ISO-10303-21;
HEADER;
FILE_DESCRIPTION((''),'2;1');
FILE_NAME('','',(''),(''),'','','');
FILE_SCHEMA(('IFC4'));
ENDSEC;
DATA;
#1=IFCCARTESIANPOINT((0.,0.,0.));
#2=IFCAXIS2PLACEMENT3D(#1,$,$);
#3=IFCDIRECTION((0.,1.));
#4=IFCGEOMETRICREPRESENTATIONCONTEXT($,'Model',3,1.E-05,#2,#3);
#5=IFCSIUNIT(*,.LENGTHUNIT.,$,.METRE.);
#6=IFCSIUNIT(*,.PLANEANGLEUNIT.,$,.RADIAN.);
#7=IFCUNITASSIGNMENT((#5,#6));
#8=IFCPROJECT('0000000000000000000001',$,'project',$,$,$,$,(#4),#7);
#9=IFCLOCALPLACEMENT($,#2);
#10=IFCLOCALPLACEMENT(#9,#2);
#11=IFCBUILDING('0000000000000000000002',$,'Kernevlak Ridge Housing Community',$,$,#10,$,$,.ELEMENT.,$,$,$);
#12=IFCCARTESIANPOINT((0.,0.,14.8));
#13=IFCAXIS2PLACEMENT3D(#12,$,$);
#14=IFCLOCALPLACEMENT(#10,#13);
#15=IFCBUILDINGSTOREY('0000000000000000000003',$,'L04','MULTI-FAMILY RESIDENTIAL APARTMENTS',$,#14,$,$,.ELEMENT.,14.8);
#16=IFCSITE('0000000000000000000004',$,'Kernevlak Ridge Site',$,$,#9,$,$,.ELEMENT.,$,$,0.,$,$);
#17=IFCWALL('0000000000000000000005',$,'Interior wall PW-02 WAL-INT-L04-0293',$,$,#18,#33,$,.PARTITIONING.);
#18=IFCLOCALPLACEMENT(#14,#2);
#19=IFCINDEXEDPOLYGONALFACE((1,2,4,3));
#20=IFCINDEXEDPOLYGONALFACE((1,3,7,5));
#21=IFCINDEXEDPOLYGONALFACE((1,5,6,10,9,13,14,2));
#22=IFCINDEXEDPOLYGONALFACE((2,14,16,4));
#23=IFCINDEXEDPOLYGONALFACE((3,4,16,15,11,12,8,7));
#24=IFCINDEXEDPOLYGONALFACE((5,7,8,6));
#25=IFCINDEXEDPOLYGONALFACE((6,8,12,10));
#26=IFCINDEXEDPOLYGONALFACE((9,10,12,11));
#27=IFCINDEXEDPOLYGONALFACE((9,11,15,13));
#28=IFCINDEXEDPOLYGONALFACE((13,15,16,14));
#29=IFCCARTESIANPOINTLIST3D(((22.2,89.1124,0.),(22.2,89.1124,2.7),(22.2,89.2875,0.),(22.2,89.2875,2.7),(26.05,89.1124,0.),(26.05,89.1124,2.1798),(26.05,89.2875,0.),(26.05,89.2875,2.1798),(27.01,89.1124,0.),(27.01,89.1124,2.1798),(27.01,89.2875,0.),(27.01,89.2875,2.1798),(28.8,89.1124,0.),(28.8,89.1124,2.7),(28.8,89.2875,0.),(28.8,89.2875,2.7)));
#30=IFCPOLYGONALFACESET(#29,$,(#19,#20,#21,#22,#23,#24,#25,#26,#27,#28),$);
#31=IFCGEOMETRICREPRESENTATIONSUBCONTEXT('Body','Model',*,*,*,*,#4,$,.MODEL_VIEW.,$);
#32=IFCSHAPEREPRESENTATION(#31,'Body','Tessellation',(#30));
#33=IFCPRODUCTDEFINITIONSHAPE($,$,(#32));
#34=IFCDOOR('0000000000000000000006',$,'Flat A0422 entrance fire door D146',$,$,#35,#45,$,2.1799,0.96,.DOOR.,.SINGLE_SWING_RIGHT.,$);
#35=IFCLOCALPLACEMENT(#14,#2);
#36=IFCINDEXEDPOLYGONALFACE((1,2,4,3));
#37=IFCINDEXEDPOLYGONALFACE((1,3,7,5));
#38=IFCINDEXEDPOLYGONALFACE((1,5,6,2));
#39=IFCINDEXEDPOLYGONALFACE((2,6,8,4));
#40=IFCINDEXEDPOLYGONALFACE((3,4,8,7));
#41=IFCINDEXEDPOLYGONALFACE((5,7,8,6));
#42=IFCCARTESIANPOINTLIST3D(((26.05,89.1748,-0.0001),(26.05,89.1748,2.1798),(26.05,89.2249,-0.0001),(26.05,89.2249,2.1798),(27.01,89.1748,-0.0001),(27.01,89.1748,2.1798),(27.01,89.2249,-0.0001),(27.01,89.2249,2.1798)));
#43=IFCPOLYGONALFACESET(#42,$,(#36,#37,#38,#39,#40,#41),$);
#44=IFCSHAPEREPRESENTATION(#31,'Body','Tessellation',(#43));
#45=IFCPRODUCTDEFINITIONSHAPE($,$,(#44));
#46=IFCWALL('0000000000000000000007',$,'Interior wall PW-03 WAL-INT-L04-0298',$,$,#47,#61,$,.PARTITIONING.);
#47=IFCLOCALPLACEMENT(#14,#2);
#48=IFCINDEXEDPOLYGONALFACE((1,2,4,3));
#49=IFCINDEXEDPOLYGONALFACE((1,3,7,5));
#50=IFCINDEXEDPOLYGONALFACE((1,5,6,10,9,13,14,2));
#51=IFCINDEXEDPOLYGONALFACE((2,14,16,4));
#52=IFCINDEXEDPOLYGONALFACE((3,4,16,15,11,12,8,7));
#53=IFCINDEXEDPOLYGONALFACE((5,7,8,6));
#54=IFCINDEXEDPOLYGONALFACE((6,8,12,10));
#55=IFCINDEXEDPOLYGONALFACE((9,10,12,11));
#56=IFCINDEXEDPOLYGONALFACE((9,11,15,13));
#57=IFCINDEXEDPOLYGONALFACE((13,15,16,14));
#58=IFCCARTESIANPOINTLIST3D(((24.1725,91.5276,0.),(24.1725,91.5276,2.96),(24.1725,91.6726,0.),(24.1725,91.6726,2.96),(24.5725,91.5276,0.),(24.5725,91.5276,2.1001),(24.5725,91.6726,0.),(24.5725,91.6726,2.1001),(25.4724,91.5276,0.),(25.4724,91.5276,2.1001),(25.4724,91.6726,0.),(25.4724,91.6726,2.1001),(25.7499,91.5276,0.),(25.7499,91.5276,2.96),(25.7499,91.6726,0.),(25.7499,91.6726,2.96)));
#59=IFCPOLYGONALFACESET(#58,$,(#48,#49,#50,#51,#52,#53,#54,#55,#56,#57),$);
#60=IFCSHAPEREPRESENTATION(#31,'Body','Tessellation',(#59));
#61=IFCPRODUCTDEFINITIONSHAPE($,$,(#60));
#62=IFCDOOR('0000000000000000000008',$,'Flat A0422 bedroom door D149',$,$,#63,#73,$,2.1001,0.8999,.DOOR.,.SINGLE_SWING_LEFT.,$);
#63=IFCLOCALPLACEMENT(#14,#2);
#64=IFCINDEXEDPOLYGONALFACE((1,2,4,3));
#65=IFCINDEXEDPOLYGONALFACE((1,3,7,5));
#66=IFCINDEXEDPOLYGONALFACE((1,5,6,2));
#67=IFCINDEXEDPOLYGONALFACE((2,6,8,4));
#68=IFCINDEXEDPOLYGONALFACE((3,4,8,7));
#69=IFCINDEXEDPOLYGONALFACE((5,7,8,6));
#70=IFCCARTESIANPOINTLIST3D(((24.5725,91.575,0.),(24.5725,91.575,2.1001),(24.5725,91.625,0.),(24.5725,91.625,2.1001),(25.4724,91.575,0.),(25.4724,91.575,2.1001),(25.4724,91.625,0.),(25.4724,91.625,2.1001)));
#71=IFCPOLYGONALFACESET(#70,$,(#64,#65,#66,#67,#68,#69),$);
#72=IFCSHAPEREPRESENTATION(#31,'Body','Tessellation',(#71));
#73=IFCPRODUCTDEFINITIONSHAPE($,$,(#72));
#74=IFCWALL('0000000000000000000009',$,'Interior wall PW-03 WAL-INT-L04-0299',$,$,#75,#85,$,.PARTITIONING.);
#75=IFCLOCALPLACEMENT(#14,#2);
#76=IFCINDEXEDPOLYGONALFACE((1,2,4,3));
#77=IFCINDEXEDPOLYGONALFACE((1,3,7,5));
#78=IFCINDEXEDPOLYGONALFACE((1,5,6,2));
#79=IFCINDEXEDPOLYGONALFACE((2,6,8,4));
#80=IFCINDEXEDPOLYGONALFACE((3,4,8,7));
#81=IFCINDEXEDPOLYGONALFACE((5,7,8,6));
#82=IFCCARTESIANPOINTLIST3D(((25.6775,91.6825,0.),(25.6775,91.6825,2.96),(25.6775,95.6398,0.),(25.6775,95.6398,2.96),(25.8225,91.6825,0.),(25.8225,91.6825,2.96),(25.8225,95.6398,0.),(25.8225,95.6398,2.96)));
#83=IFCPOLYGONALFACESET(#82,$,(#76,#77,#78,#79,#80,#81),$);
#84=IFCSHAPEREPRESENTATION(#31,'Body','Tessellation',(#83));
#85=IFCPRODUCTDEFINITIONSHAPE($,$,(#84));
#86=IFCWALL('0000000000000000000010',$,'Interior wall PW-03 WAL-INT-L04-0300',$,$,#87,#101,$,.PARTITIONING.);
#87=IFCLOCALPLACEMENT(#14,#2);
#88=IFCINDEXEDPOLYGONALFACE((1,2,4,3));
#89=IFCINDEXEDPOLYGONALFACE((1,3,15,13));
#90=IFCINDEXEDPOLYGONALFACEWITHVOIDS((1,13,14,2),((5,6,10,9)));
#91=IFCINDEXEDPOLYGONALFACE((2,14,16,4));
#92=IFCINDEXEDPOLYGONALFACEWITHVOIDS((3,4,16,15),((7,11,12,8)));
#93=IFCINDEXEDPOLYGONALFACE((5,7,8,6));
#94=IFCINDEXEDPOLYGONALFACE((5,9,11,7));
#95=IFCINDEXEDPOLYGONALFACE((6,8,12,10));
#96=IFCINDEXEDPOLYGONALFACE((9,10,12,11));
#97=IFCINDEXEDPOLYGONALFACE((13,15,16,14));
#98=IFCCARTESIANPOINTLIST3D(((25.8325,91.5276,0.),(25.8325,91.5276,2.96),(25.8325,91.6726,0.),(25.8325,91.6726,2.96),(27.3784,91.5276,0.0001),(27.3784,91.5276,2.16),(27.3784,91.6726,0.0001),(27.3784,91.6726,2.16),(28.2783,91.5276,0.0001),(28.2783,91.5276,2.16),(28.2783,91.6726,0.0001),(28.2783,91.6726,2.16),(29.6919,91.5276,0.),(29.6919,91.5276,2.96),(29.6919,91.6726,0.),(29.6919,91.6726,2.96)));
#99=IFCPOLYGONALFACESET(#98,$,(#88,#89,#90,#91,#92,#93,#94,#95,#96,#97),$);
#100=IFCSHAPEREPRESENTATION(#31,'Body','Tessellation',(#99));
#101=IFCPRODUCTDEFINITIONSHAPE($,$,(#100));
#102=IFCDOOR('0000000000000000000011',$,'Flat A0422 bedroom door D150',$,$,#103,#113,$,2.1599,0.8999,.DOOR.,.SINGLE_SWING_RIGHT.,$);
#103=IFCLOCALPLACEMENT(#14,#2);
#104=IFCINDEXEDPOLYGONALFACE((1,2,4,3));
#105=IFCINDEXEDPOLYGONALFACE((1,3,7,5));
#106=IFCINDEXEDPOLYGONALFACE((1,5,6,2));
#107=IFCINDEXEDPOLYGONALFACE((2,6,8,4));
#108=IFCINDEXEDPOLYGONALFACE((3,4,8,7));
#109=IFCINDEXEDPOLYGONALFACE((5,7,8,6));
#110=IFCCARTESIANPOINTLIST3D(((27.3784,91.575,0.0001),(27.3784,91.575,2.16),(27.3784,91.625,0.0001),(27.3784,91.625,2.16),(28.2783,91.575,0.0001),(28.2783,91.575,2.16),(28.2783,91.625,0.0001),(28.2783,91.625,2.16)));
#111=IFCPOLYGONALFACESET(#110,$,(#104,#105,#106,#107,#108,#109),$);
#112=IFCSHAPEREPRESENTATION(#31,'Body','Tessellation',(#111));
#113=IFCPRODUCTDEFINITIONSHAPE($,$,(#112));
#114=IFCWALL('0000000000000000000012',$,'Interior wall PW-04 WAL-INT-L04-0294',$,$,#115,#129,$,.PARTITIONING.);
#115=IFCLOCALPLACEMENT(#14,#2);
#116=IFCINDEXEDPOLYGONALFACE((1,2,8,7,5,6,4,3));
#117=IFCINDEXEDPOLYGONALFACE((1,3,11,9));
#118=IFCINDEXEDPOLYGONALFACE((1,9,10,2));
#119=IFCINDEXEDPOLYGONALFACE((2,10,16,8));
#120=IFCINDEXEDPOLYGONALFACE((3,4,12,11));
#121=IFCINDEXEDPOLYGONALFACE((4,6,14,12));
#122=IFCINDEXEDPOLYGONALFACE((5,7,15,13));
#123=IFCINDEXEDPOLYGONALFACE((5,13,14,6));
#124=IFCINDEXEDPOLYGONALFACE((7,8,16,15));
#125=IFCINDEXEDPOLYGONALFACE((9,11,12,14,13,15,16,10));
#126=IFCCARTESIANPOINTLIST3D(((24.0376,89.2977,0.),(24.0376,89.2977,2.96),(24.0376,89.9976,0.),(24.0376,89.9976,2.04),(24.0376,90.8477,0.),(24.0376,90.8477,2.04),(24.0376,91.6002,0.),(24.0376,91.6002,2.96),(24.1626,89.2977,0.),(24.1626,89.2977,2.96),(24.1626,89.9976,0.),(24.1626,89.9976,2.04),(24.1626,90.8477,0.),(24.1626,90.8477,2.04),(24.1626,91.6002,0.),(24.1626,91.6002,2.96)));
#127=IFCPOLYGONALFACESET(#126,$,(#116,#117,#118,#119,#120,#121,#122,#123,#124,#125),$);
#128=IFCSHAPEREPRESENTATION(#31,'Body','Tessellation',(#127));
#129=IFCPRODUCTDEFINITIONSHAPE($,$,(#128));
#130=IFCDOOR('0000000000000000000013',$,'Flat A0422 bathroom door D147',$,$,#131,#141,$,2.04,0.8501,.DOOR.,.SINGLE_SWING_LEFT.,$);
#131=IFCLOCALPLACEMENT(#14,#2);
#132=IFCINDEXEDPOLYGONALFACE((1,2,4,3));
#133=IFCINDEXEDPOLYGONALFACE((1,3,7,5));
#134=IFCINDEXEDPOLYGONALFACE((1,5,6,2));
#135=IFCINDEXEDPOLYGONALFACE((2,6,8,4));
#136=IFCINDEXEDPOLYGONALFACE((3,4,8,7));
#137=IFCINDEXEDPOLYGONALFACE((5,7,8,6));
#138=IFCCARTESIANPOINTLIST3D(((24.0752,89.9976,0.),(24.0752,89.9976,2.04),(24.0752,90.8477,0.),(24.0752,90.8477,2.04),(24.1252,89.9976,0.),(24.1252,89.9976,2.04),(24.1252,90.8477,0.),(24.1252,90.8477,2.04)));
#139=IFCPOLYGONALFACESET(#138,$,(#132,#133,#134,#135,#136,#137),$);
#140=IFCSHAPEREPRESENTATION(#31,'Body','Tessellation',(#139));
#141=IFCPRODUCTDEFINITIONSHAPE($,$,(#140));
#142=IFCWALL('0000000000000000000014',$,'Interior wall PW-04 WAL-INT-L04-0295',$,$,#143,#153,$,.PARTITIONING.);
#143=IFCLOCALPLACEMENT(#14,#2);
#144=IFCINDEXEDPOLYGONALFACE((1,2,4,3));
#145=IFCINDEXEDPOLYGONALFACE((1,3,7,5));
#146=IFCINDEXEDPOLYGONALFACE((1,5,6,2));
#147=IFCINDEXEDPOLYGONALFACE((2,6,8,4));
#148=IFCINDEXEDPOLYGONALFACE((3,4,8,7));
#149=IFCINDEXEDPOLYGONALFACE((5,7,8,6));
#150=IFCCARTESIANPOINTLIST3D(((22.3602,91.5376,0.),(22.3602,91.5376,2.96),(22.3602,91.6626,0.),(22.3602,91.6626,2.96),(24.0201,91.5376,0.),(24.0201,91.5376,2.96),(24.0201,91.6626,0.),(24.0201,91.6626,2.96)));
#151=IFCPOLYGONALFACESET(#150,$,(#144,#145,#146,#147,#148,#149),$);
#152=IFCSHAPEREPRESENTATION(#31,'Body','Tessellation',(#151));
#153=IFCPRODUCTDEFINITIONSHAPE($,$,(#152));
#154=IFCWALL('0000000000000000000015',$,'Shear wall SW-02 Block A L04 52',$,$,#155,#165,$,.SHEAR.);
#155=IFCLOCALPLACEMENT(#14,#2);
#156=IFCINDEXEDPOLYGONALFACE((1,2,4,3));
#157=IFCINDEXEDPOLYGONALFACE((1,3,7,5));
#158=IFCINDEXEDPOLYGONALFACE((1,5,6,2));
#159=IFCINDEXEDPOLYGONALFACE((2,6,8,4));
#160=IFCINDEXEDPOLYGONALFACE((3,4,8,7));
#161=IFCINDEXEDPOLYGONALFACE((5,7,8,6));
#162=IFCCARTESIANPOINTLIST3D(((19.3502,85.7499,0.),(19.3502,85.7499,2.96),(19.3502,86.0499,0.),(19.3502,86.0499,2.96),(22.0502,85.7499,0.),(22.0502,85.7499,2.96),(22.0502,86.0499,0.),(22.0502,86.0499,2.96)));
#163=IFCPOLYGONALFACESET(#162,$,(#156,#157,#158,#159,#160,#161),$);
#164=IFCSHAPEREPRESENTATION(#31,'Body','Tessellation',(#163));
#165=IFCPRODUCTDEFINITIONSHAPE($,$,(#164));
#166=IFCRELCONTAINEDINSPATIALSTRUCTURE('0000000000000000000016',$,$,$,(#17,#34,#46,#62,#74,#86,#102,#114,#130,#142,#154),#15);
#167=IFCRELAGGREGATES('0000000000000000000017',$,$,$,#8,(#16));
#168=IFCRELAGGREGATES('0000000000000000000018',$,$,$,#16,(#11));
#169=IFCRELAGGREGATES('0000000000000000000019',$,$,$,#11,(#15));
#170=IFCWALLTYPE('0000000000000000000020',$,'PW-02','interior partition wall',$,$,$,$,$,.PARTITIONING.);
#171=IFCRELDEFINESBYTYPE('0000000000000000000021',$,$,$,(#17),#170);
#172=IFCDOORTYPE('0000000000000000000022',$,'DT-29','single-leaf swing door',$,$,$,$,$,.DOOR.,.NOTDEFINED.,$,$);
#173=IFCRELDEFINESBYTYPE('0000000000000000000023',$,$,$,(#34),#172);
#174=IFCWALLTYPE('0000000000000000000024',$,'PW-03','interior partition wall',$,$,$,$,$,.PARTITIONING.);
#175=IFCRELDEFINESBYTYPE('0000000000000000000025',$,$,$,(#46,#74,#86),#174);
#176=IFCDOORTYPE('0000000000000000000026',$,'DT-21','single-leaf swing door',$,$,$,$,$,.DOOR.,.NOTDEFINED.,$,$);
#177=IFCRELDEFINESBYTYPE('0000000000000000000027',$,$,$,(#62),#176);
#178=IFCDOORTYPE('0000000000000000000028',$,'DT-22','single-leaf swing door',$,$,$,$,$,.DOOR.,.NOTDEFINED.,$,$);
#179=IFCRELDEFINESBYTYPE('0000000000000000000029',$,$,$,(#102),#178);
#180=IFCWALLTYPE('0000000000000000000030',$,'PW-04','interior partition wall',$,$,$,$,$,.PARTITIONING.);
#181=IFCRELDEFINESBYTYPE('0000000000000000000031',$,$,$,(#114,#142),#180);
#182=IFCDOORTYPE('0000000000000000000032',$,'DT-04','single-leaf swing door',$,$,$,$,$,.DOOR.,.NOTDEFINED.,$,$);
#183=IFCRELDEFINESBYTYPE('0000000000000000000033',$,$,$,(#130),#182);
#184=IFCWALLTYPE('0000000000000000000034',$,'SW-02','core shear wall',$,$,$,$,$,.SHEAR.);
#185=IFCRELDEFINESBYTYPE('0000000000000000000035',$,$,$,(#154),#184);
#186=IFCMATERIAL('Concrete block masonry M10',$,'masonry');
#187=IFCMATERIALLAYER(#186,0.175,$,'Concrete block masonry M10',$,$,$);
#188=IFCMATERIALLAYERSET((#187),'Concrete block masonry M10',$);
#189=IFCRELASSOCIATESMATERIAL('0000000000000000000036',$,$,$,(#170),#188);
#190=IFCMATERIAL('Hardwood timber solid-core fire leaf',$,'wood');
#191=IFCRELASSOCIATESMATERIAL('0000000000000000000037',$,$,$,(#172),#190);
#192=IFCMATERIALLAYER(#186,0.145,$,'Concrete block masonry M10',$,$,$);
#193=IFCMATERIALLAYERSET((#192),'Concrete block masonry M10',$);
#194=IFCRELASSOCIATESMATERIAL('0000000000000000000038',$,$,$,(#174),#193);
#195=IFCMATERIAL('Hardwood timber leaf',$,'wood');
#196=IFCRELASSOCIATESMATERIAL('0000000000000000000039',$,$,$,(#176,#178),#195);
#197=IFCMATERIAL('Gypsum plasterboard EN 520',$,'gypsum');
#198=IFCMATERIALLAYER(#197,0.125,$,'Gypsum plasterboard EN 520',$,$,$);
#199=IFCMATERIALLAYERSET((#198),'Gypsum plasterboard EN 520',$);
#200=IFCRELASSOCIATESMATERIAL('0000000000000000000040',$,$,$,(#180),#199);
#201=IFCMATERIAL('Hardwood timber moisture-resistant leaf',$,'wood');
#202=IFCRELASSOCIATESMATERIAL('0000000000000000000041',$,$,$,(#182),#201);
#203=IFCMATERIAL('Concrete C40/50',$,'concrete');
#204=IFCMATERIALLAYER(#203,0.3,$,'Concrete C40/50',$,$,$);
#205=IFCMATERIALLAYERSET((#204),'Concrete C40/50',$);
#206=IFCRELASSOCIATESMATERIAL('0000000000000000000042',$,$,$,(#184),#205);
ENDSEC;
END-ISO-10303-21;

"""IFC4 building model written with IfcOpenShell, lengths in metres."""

from ifc_helpers import new_model, si_unit, direction, frame, frame_2d, origin, place, context, subcontext, project, spatial, rectangle, extrude, material, layer, layer_set, type_object, element, fill, save


model = new_model("IFC4")

# Units and contexts
model_context = context("Model", 3, precision=1e-05, world=origin(), true_north=direction((0.0, 1.0)))
body_context = subcontext(model_context, "Body", "Model", "MODEL_VIEW")
ifc_project = project(units=[si_unit("LENGTHUNIT", "METRE"), si_unit("PLANEANGLEUNIT", "RADIAN")], contexts=[model_context])

# Site, building, storey
site_placement = place(None, origin())
site = spatial("IfcSite", under=ifc_project, at=site_placement, Name="Kernevlak Ridge Site", CompositionType="ELEMENT", RefElevation=0.0)
building_placement = place(site_placement, origin())
building = spatial("IfcBuilding", under=site, at=building_placement, Name="Kernevlak Ridge Housing Community", CompositionType="ELEMENT")
storey_placement = place(building_placement, frame((0.0, 0.0, 14.8)))
storey = spatial("IfcBuildingStorey", under=building, at=storey_placement, Name="L04", Description="MULTI-FAMILY RESIDENTIAL APARTMENTS", CompositionType="ELEMENT", Elevation=14.8)

# Shared definitions
ifc_material_1 = material(Name="Concrete C40/50", Category="concrete")

# Shared definitions
ifc_material_2 = material(Name="Concrete block masonry M10", Category="masonry")

# Shared definitions
ifc_layer_1 = layer(ifc_material_2, 0.175, Name="Concrete block masonry M10")
ifc_layer_set_1 = layer_set([ifc_layer_1], Name="Concrete block masonry M10")
wall_type_1 = type_object("IfcWallType", Name="PW-02", Description="interior partition wall", PredefinedType="PARTITIONING", material=ifc_layer_set_1)

# Walls, openings, doors
wall_1_placement = place(storey_placement, frame((22.2, 89.2, 0.0), z_axis=(0.0, 0.0, 1.0), x_axis=(1.0, 0.0, 0.0)))
wall_1 = element("IfcWall", 1, at=wall_1_placement, inside=storey, type_object=wall_type_1, Name="Interior wall PW-02 WAL-INT-L04-0293", PredefinedType="PARTITIONING", context=body_context, shape_type="SweptSolid", body=[
    extrude(rectangle(XDim=6.6001, YDim=0.175, at=frame_2d((3.3, 0.0))), origin(), (0.0, 0.0, 1.0), 2.7),
])
opening_1_placement = place(wall_1_placement, frame((3.8501, 0.0, 0.0)))
opening_1 = element("IfcOpeningElement", 2, at=opening_1_placement, cuts=wall_1, PredefinedType="OPENING", context=body_context, shape_type="SweptSolid", body=[
    extrude(rectangle(XDim=0.96, YDim=2.1799, at=frame_2d((0.48, 1.0898))), frame((0.0, 0.0974, 0.0), z_axis=(0.0, -1.0, 0.0), x_axis=(1.0, 0.0, 0.0)), (0.0, 0.0, 1.0), 0.1951),
])
ifc_material_3 = material(Name="Hardwood timber solid-core fire leaf", Category="wood")
door_type_1 = type_object("IfcDoorType", Name="DT-29", Description="single-leaf swing door", OperationType="NOTDEFINED", PredefinedType="DOOR", material=ifc_material_3)
door_1_placement = place(opening_1_placement, origin())
door_1 = element("IfcDoor", 3, at=door_1_placement, inside=storey, type_object=door_type_1, Name="Flat A0422 entrance fire door D146", OperationType="SINGLE_SWING_RIGHT", OverallHeight=2.1799, OverallWidth=0.96, PredefinedType="DOOR", context=body_context, shape_type="SweptSolid", body=[
    extrude(rectangle(XDim=0.96, YDim=2.1799, at=frame_2d((0.48, 1.0898))), frame((0.0, 0.0249, 0.0), z_axis=(0.0, -1.0, 0.0), x_axis=(1.0, 0.0, 0.0)), (0.0, 0.0, 1.0), 0.05),
])
fill(opening_1, door_1)
ifc_layer_2 = layer(ifc_material_2, 0.145, Name="Concrete block masonry M10")
ifc_layer_set_2 = layer_set([ifc_layer_2], Name="Concrete block masonry M10")
wall_type_2 = type_object("IfcWallType", Name="PW-03", Description="interior partition wall", PredefinedType="PARTITIONING", material=ifc_layer_set_2)
wall_2_placement = place(storey_placement, frame((24.1726, 91.6001, 0.0), z_axis=(0.0, 0.0, 1.0), x_axis=(1.0, 0.0, 0.0)))
wall_2 = element("IfcWall", 4, at=wall_2_placement, inside=storey, type_object=wall_type_2, Name="Interior wall PW-03 WAL-INT-L04-0298", PredefinedType="PARTITIONING", context=body_context, shape_type="SweptSolid", body=[
    extrude(rectangle(XDim=1.5774, YDim=0.145, at=frame_2d((0.7886, 0.0))), origin(), (0.0, 0.0, 1.0), 2.96),
])
opening_2_placement = place(wall_2_placement, frame((0.3999, 0.0, 0.0)))
opening_2 = element("IfcOpeningElement", 5, at=opening_2_placement, cuts=wall_2, PredefinedType="OPENING", context=body_context, shape_type="SweptSolid", body=[
    extrude(rectangle(XDim=0.8999, YDim=2.1001, at=frame_2d((0.45, 1.05))), frame((0.0, 0.0825, 0.0), z_axis=(0.0, -1.0, 0.0), x_axis=(1.0, 0.0, 0.0)), (0.0, 0.0, 1.0), 0.165),
])
ifc_material_4 = material(Name="Hardwood timber leaf", Category="wood")
door_type_2 = type_object("IfcDoorType", Name="DT-21", Description="single-leaf swing door", OperationType="NOTDEFINED", PredefinedType="DOOR", material=ifc_material_4)
door_2_placement = place(opening_2_placement, origin())
door_2 = element("IfcDoor", 6, at=door_2_placement, inside=storey, type_object=door_type_2, Name="Flat A0422 bedroom door D149", OperationType="SINGLE_SWING_LEFT", OverallHeight=2.1001, OverallWidth=0.8999, PredefinedType="DOOR", context=body_context, shape_type="SweptSolid", body=[
    extrude(rectangle(XDim=0.8999, YDim=2.1001, at=frame_2d((0.45, 1.05))), frame((0.0, 0.0249, 0.0), z_axis=(0.0, -1.0, 0.0), x_axis=(1.0, 0.0, 0.0)), (0.0, 0.0, 1.0), 0.05),
])
fill(opening_2, door_2)

# Wall
wall_3_placement = place(storey_placement, frame((25.75, 91.6826, 0.0), z_axis=(0.0, 0.0, 1.0), x_axis=(0.0, 1.0, 0.0)))
element("IfcWall", 7, at=wall_3_placement, inside=storey, type_object=wall_type_2, Name="Interior wall PW-03 WAL-INT-L04-0299", PredefinedType="PARTITIONING", context=body_context, shape_type="SweptSolid", body=[
    extrude(rectangle(XDim=3.9573, YDim=0.145, at=frame_2d((1.9785, 0.0))), origin(), (0.0, 0.0, 1.0), 2.96),
])

# Walls, openings, doors
wall_4_placement = place(storey_placement, frame((25.8325, 91.6001, 0.0), z_axis=(0.0, 0.0, 1.0), x_axis=(1.0, 0.0, 0.0)))
wall_4 = element("IfcWall", 8, at=wall_4_placement, inside=storey, type_object=wall_type_2, Name="Interior wall PW-03 WAL-INT-L04-0300", PredefinedType="PARTITIONING", context=body_context, shape_type="SweptSolid", body=[
    extrude(rectangle(XDim=3.8594, YDim=0.145, at=frame_2d((1.9297, 0.0))), origin(), (0.0, 0.0, 1.0), 2.96),
])
opening_3_placement = place(wall_4_placement, frame((1.5459, 0.0, 0.0)))
opening_3 = element("IfcOpeningElement", 9, at=opening_3_placement, cuts=wall_4, PredefinedType="OPENING", context=body_context, shape_type="SweptSolid", body=[
    extrude(rectangle(XDim=0.8999, YDim=2.1599, at=frame_2d((0.45, 1.0801))), frame((0.0, 0.0825, 0.0), z_axis=(0.0, -1.0, 0.0), x_axis=(1.0, 0.0, 0.0)), (0.0, 0.0, 1.0), 0.165),
])
door_type_3 = type_object("IfcDoorType", Name="DT-22", Description="single-leaf swing door", OperationType="NOTDEFINED", PredefinedType="DOOR", material=ifc_material_4)
door_3_placement = place(opening_3_placement, origin())
door_3 = element("IfcDoor", 10, at=door_3_placement, inside=storey, type_object=door_type_3, Name="Flat A0422 bedroom door D150", OperationType="SINGLE_SWING_RIGHT", OverallHeight=2.1599, OverallWidth=0.8999, PredefinedType="DOOR", context=body_context, shape_type="SweptSolid", body=[
    extrude(rectangle(XDim=0.8999, YDim=2.1599, at=frame_2d((0.45, 1.0801))), frame((0.0, 0.0249, 0.0), z_axis=(0.0, -1.0, 0.0), x_axis=(1.0, 0.0, 0.0)), (0.0, 0.0, 1.0), 0.05),
])
fill(opening_3, door_3)
ifc_material_5 = material(Name="Gypsum plasterboard EN 520", Category="gypsum")
ifc_layer_3 = layer(ifc_material_5, 0.125, Name="Gypsum plasterboard EN 520")
ifc_layer_set_3 = layer_set([ifc_layer_3], Name="Gypsum plasterboard EN 520")
wall_type_3 = type_object("IfcWallType", Name="PW-04", Description="interior partition wall", PredefinedType="PARTITIONING", material=ifc_layer_set_3)
wall_5_placement = place(storey_placement, frame((24.1001, 89.2976, 0.0), z_axis=(0.0, 0.0, 1.0), x_axis=(0.0, 1.0, 0.0)))
wall_5 = element("IfcWall", 11, at=wall_5_placement, inside=storey, type_object=wall_type_3, Name="Interior wall PW-04 WAL-INT-L04-0294", PredefinedType="PARTITIONING", context=body_context, shape_type="SweptSolid", body=[
    extrude(rectangle(XDim=2.3025, YDim=0.125, at=frame_2d((1.1514, 0.0))), origin(), (0.0, 0.0, 1.0), 2.96),
])
opening_4_placement = place(wall_5_placement, frame((0.7, 0.0, 0.0)))
opening_4 = element("IfcOpeningElement", 12, at=opening_4_placement, cuts=wall_5, PredefinedType="OPENING", context=body_context, shape_type="SweptSolid", body=[
    extrude(rectangle(XDim=0.8501, YDim=2.04, at=frame_2d((0.425, 1.02))), frame((0.0, 0.0725, 0.0), z_axis=(0.0, -1.0, 0.0), x_axis=(1.0, 0.0, 0.0)), (0.0, 0.0, 1.0), 0.145),
])
ifc_material_6 = material(Name="Hardwood timber moisture-resistant leaf", Category="wood")
door_type_4 = type_object("IfcDoorType", Name="DT-04", Description="single-leaf swing door", OperationType="NOTDEFINED", PredefinedType="DOOR", material=ifc_material_6)
door_4_placement = place(opening_4_placement, origin())
door_4 = element("IfcDoor", 13, at=door_4_placement, inside=storey, type_object=door_type_4, Name="Flat A0422 bathroom door D147", OperationType="SINGLE_SWING_LEFT", OverallHeight=2.04, OverallWidth=0.8501, PredefinedType="DOOR", context=body_context, shape_type="SweptSolid", body=[
    extrude(rectangle(XDim=0.8501, YDim=2.04, at=frame_2d((0.425, 1.02))), frame((0.0, 0.0249, 0.0), z_axis=(0.0, -1.0, 0.0), x_axis=(1.0, 0.0, 0.0)), (0.0, 0.0, 1.0), 0.05),
])
fill(opening_4, door_4)

# Walls
wall_6_placement = place(storey_placement, frame((22.3601, 91.6001, 0.0), z_axis=(0.0, 0.0, 1.0), x_axis=(1.0, 0.0, 0.0)))
element("IfcWall", 14, at=wall_6_placement, inside=storey, type_object=wall_type_3, Name="Interior wall PW-04 WAL-INT-L04-0295", PredefinedType="PARTITIONING", context=body_context, shape_type="SweptSolid", body=[
    extrude(rectangle(XDim=1.6599, YDim=0.125, at=frame_2d((0.8301, 0.0))), origin(), (0.0, 0.0, 1.0), 2.96),
])
ifc_layer_4 = layer(ifc_material_1, 0.3, Name="Concrete C40/50")
ifc_layer_set_4 = layer_set([ifc_layer_4], Name="Concrete C40/50")
wall_type_4 = type_object("IfcWallType", Name="SW-02", Description="core shear wall", PredefinedType="SHEAR", material=ifc_layer_set_4)
wall_7_placement = place(storey_placement, frame((19.3501, 85.8999, 0.0), z_axis=(0.0, 0.0, 1.0), x_axis=(1.0, 0.0, 0.0)))
element("IfcWall", 15, at=wall_7_placement, inside=storey, type_object=wall_type_4, Name="Shear wall SW-02 Block A L04 52", PredefinedType="SHEAR", context=body_context, shape_type="SweptSolid", body=[
    extrude(rectangle(XDim=2.7, YDim=0.3, at=frame_2d((1.3501, 0.0))), origin(), (0.0, 0.0, 1.0), 2.96),
])

save(model, "model.ifc")
